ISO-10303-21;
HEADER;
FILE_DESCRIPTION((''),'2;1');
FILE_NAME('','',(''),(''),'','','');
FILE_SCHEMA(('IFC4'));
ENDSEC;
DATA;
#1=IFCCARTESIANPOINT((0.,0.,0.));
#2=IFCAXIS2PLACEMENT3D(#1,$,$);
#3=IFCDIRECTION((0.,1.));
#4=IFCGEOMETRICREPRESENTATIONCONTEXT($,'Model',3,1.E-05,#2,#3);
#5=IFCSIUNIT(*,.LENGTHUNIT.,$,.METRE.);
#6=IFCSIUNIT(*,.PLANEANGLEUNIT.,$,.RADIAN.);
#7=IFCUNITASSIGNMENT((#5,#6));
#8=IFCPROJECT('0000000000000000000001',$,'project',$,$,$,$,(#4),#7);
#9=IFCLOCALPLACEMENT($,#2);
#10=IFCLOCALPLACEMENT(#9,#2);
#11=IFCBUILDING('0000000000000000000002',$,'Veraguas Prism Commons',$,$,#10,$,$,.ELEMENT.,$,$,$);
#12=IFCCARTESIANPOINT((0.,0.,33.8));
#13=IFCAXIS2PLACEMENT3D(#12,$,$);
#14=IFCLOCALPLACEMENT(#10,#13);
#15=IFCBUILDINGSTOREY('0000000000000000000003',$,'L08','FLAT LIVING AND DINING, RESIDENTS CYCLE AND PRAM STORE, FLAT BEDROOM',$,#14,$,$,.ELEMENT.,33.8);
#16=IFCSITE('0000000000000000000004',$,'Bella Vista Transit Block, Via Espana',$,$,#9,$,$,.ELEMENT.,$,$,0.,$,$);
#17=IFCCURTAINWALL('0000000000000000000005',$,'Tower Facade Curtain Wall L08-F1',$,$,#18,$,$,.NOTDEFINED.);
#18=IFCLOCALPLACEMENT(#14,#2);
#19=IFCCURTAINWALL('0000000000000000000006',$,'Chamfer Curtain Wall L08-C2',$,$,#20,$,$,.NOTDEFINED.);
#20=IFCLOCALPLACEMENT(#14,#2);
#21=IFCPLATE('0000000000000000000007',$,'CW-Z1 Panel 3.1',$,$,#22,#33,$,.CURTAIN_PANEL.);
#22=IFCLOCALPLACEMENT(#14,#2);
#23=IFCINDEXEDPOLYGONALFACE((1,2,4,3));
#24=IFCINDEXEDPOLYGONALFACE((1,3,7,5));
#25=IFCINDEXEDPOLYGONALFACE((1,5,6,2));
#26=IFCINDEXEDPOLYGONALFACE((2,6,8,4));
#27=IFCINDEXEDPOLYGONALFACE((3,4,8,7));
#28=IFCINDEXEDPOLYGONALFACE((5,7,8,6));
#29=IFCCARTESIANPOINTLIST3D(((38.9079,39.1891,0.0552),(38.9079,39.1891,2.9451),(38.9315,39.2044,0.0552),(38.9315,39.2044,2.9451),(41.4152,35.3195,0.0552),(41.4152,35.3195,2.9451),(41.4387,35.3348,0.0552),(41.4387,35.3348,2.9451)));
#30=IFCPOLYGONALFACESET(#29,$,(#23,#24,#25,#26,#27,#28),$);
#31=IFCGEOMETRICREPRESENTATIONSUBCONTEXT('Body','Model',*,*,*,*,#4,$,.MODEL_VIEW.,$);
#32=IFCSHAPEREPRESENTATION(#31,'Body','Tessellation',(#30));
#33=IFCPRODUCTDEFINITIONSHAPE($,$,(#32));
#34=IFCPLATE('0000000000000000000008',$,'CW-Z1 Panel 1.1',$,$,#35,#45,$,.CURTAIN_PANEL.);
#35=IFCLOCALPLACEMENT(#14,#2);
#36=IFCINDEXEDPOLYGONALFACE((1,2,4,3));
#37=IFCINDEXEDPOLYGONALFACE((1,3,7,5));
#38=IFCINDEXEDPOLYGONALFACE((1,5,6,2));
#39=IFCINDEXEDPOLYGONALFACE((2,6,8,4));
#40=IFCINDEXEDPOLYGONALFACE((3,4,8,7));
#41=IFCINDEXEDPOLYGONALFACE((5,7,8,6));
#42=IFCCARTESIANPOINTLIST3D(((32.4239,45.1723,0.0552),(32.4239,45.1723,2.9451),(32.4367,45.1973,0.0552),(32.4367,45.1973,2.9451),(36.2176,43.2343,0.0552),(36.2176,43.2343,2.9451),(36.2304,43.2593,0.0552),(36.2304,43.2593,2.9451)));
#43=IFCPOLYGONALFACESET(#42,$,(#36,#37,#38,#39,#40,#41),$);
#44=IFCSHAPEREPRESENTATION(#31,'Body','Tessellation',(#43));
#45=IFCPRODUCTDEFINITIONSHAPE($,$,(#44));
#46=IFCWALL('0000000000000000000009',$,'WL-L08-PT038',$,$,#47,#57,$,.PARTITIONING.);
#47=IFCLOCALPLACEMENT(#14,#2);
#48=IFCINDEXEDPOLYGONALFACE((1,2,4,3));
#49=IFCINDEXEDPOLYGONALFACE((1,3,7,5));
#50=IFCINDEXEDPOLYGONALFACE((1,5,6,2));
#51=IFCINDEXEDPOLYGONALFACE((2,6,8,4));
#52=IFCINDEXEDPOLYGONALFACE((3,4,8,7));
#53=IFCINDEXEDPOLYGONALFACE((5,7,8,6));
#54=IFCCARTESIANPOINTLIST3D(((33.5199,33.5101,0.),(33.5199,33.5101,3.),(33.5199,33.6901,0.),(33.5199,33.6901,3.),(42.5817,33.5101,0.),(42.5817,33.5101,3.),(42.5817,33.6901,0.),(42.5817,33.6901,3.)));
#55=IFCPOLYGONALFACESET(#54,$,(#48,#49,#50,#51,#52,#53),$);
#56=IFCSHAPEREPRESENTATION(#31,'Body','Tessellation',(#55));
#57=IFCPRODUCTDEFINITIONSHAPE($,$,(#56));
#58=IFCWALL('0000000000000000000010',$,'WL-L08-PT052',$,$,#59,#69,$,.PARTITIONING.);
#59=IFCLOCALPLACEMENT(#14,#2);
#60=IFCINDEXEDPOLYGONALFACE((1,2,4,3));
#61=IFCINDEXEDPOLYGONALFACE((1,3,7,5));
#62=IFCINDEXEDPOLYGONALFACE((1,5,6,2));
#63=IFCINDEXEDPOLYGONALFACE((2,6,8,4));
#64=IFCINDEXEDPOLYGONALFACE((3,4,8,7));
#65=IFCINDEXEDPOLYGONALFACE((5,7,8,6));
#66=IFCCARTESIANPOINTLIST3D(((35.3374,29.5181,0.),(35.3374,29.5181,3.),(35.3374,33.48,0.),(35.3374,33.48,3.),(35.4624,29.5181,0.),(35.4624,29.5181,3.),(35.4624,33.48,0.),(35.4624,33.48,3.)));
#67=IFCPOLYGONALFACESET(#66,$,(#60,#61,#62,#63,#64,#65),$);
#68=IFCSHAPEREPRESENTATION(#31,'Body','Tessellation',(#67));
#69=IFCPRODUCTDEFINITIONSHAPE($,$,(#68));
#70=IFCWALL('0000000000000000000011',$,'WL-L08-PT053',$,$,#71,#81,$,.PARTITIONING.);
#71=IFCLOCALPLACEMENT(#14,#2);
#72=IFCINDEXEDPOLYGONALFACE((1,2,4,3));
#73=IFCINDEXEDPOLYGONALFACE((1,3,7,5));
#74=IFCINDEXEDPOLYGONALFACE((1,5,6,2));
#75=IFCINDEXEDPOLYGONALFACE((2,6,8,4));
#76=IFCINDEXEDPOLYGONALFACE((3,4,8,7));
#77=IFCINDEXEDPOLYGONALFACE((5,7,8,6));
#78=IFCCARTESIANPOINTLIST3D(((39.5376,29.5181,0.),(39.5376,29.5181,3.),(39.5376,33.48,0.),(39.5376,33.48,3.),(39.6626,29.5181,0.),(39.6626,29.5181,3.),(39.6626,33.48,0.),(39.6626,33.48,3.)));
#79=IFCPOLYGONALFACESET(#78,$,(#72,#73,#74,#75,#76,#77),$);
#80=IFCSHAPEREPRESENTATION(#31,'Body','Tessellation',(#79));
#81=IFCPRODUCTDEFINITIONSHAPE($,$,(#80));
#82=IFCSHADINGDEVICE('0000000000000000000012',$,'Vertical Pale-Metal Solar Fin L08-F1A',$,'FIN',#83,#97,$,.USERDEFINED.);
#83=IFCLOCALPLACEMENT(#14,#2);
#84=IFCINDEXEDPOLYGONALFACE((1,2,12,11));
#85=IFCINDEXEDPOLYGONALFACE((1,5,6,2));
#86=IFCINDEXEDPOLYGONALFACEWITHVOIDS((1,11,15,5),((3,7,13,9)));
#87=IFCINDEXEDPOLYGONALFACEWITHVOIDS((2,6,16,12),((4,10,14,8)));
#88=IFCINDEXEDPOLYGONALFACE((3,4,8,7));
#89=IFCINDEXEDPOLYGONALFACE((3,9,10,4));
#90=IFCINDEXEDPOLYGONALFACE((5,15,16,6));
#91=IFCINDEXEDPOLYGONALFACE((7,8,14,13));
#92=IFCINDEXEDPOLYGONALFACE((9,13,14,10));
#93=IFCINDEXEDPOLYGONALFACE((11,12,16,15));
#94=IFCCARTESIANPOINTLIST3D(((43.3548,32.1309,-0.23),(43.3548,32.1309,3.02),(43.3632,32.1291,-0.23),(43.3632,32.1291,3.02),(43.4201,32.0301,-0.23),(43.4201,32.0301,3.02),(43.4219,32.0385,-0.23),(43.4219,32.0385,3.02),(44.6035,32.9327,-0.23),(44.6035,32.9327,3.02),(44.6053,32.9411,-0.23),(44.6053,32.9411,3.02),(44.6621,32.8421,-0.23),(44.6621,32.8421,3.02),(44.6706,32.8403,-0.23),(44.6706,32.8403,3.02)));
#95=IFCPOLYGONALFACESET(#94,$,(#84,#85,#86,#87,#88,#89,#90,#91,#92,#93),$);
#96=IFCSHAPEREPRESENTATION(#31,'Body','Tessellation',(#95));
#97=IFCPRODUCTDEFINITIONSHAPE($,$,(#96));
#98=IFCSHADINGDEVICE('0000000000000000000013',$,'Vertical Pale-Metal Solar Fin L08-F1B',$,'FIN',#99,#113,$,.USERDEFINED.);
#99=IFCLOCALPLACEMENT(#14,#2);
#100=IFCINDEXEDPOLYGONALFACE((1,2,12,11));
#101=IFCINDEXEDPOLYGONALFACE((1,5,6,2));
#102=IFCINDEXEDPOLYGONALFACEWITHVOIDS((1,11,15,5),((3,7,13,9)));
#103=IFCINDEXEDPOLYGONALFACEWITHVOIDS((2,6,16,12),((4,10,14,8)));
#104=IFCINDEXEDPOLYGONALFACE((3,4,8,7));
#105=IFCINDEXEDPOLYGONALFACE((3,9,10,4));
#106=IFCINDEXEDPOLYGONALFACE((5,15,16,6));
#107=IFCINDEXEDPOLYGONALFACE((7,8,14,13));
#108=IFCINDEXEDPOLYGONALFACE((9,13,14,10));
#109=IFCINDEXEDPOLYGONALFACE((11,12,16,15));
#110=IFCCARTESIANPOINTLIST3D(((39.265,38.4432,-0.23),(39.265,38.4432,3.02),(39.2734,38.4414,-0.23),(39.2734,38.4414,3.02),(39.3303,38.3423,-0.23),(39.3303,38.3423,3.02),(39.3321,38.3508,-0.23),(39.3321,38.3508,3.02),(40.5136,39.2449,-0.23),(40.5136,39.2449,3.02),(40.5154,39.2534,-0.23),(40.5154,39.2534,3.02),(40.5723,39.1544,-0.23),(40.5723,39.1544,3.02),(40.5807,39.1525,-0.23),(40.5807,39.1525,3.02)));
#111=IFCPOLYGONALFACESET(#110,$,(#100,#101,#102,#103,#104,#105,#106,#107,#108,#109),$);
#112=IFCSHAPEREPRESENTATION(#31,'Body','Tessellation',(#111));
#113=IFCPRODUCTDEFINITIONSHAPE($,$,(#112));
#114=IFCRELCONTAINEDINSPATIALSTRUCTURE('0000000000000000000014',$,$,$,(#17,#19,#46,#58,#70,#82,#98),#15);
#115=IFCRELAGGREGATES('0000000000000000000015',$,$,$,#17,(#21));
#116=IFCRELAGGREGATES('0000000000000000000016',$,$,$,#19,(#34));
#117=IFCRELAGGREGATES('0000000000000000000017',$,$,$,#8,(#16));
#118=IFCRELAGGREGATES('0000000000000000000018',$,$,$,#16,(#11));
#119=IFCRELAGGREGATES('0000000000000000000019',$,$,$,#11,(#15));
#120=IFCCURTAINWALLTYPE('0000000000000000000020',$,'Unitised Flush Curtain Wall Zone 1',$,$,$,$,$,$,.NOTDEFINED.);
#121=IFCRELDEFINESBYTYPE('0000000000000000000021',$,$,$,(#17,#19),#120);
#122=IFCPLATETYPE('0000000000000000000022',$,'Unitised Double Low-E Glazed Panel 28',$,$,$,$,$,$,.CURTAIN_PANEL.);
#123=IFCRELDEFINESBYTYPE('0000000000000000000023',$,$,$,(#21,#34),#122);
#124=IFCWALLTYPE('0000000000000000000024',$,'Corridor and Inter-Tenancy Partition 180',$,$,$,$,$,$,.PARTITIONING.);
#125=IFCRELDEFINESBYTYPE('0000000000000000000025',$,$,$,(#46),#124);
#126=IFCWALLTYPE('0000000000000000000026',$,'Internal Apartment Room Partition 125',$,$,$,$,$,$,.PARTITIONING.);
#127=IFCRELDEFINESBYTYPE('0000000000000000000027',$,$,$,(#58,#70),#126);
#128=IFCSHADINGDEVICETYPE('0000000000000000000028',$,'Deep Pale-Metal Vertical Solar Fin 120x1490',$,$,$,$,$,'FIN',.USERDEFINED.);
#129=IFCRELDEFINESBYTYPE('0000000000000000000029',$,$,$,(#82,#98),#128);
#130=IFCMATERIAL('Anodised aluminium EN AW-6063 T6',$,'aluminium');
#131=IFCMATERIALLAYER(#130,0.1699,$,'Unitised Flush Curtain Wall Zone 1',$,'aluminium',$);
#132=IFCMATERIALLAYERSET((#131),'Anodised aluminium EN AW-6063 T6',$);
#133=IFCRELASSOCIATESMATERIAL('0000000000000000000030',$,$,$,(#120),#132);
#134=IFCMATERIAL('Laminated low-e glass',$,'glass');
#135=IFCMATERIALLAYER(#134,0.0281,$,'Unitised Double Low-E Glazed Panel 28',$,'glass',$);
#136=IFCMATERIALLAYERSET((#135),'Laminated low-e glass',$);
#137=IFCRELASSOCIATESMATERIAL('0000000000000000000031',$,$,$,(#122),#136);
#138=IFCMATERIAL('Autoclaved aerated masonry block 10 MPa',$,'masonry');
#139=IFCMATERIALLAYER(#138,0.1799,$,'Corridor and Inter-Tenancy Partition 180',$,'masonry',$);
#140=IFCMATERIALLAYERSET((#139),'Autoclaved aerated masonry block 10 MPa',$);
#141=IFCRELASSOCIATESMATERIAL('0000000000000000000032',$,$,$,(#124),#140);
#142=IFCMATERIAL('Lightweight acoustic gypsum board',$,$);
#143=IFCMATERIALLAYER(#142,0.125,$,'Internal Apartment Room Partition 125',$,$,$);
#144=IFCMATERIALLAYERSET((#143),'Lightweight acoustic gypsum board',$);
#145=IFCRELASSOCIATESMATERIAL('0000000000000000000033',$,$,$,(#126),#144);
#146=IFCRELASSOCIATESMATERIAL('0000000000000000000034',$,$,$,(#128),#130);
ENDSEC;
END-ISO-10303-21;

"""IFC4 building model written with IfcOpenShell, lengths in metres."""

from ifc_helpers import new_model, si_unit, direction, frame, frame_2d, origin, origin_2d, place, context, subcontext, project, spatial, rectangle, hollow_rectangle, extrude, source, transform, mapped, material, layer, layer_set, material_profile, profile_set, type_object, element, aggregate, save


model = new_model("IFC4")

# Units and contexts
model_context = context("Model", 3, precision=1e-05, world=origin(), true_north=direction((0.0, 1.0)))
body_context = subcontext(model_context, "Body", "Model", "MODEL_VIEW")
ifc_project = project(units=[si_unit("LENGTHUNIT", "METRE"), si_unit("PLANEANGLEUNIT", "RADIAN")], contexts=[model_context])

# Site, building, storey
site_placement = place(None, origin())
site = spatial("IfcSite", under=ifc_project, at=site_placement, Name="Bella Vista Transit Block, Via Espana", CompositionType="ELEMENT", RefElevation=0.0)
building_placement = place(site_placement, origin())
building = spatial("IfcBuilding", under=site, at=building_placement, Name="Veraguas Prism Commons", CompositionType="ELEMENT")
storey_placement = place(building_placement, frame((0.0, 0.0, 33.8)))
storey = spatial("IfcBuildingStorey", under=building, at=storey_placement, Name="L08", Description="FLAT LIVING AND DINING, RESIDENTS CYCLE AND PRAM STORE, FLAT BEDROOM", CompositionType="ELEMENT", Elevation=33.8)

# Curtain walls
ifc_material_1 = material(Name="Anodised aluminium EN AW-6063 T6", Category="aluminium")
ifc_layer_1 = layer(ifc_material_1, 0.1699, Name="Unitised Flush Curtain Wall Zone 1", Category="aluminium")
ifc_layer_set_1 = layer_set([ifc_layer_1], Name="Anodised aluminium EN AW-6063 T6")
curtain_wall_type = type_object("IfcCurtainWallType", Name="Unitised Flush Curtain Wall Zone 1", PredefinedType="NOTDEFINED", material=ifc_layer_set_1)
curtain_wall_1_placement = place(storey_placement, origin())
curtain_wall_1 = element("IfcCurtainWall", 1, at=curtain_wall_1_placement, inside=storey, type_object=curtain_wall_type, Name="Tower Facade Curtain Wall L08-F1", PredefinedType="NOTDEFINED")
curtain_wall_2_placement = place(storey_placement, origin())
curtain_wall_2 = element("IfcCurtainWall", 2, at=curtain_wall_2_placement, inside=storey, type_object=curtain_wall_type, Name="Chamfer Curtain Wall L08-C2", PredefinedType="NOTDEFINED")

# Plates
ifc_material_2 = material(Name="Laminated low-e glass", Category="glass")
ifc_layer_2 = layer(ifc_material_2, 0.0281, Name="Unitised Double Low-E Glazed Panel 28", Category="glass")
ifc_layer_set_2 = layer_set([ifc_layer_2], Name="Laminated low-e glass")
plate_type = type_object("IfcPlateType", Name="Unitised Double Low-E Glazed Panel 28", PredefinedType="CURTAIN_PANEL", material=ifc_layer_set_2)
shared_shape_1 = source(origin(), body_context, "Body", "SweptSolid", [
    extrude(rectangle(XDim=4.6108, YDim=0.0281, at=origin_2d()), origin(), (0.0, 0.0, 1.0), 2.8899),
])
plate_1_placement = place(storey_placement, frame((40.1733, 37.262, 0.0552), z_axis=(0.0, 0.0, 1.0), x_axis=(-0.543766, 0.839237, 0.0)))
plate_1 = element("IfcPlate", 3, at=plate_1_placement, type_object=plate_type, Name="CW-Z1 Panel 3.1", PredefinedType="CURTAIN_PANEL", context=body_context, shape_type="MappedRepresentation", body=[
    mapped(shared_shape_1, transform((0.0, 0.0, 0.0), scale=1.0)),
])
aggregate(curtain_wall_1, [plate_1])
shared_shape_2 = source(origin(), body_context, "Body", "SweptSolid", [
    extrude(rectangle(XDim=4.26, YDim=0.0281, at=origin_2d()), origin(), (0.0, 0.0, 1.0), 2.8899),
])
plate_2_placement = place(storey_placement, frame((34.3271, 44.2158, 0.0552), z_axis=(0.0, 0.0, 1.0), x_axis=(-0.890531, 0.454923, 0.0)))
plate_2 = element("IfcPlate", 4, at=plate_2_placement, type_object=plate_type, Name="CW-Z1 Panel 1.1", PredefinedType="CURTAIN_PANEL", context=body_context, shape_type="MappedRepresentation", body=[
    mapped(shared_shape_2, transform((0.0, 0.0, 0.0), scale=1.0)),
])
aggregate(curtain_wall_2, [plate_2])

# Walls
ifc_material_3 = material(Name="Autoclaved aerated masonry block 10 MPa", Category="masonry")
ifc_layer_3 = layer(ifc_material_3, 0.1799, Name="Corridor and Inter-Tenancy Partition 180", Category="masonry")
ifc_layer_set_3 = layer_set([ifc_layer_3], Name="Autoclaved aerated masonry block 10 MPa")
wall_type_1 = type_object("IfcWallType", Name="Corridor and Inter-Tenancy Partition 180", PredefinedType="PARTITIONING", material=ifc_layer_set_3)
wall_placement = place(storey_placement, frame((33.52, 33.6001, 0.0), z_axis=(0.0, 0.0, 1.0), x_axis=(1.0, 0.0, 0.0)))
element("IfcWall", 5, at=wall_placement, inside=storey, type_object=wall_type_1, Name="WL-L08-PT038", PredefinedType="PARTITIONING", context=body_context, shape_type="SweptSolid", body=[
    extrude(rectangle(XDim=9.0618, YDim=0.1799, at=frame_2d((4.5308, 0.0))), origin(), (0.0, 0.0, 1.0), 3.0),
])
ifc_material_4 = material(Name="Lightweight acoustic gypsum board")
ifc_layer_4 = layer(ifc_material_4, 0.125, Name="Internal Apartment Room Partition 125")
ifc_layer_set_4 = layer_set([ifc_layer_4], Name="Lightweight acoustic gypsum board")
wall_type_2 = type_object("IfcWallType", Name="Internal Apartment Room Partition 125", PredefinedType="PARTITIONING", material=ifc_layer_set_4)
for number, where, z_axis, x_axis, name in (
    (6, (35.3999, 29.5181, 0.0), (0.0, 0.0, 1.0), (0.0, 1.0, 0.0), "WL-L08-PT052"),
    (7, (39.6001, 29.5181, 0.0), (0.0, 0.0, 1.0), (0.0, 1.0, 0.0), "WL-L08-PT053"),
):
    element("IfcWall", number, at=place(storey_placement, frame(where, z_axis=z_axis, x_axis=x_axis)), inside=storey, type_object=wall_type_2, Name=name, PredefinedType="PARTITIONING", context=body_context, shape_type="SweptSolid", body=[
        extrude(rectangle(XDim=3.9619, YDim=0.125, at=frame_2d((1.981, 0.0))), origin(), (0.0, 0.0, 1.0), 3.0),
    ])

# Shading devices
ifc_material_profile_1 = material_profile(ifc_material_1, hollow_rectangle(XDim=0.1201, YDim=1.49, WallThickness=0.0061, at=origin_2d()), Name="FIN120X1490X6")
ifc_profile_set_1 = profile_set([ifc_material_profile_1], Name="Anodised aluminium EN AW-6063 T6")
shading_device_type = type_object("IfcShadingDeviceType", Name="Deep Pale-Metal Vertical Solar Fin 120x1490", ElementType="FIN", PredefinedType="USERDEFINED", material=ifc_profile_set_1)
for number, where, z_axis, x_axis, name in (
    (8, (44.0127, 32.4856, -0.23), (0.0, 0.0, 1.0), (-0.543762, 0.83924, 0.0), "Vertical Pale-Metal Solar Fin L08-F1A"),
    (9, (39.9229, 38.7979, -0.23), (0.0, 0.0, 1.0), (-0.543762, 0.83924, 0.0), "Vertical Pale-Metal Solar Fin L08-F1B"),
):
    element("IfcShadingDevice", number, at=place(storey_placement, frame(where, z_axis=z_axis, x_axis=x_axis)), inside=storey, type_object=shading_device_type, Name=name, ObjectType="FIN", PredefinedType="USERDEFINED", context=body_context, shape_type="SweptSolid", body=[
        extrude(hollow_rectangle(XDim=0.1201, YDim=1.49, WallThickness=0.0061, at=origin_2d()), origin(), (0.0, 0.0, 1.0), 3.25),
    ])

save(model, "model.ifc")
